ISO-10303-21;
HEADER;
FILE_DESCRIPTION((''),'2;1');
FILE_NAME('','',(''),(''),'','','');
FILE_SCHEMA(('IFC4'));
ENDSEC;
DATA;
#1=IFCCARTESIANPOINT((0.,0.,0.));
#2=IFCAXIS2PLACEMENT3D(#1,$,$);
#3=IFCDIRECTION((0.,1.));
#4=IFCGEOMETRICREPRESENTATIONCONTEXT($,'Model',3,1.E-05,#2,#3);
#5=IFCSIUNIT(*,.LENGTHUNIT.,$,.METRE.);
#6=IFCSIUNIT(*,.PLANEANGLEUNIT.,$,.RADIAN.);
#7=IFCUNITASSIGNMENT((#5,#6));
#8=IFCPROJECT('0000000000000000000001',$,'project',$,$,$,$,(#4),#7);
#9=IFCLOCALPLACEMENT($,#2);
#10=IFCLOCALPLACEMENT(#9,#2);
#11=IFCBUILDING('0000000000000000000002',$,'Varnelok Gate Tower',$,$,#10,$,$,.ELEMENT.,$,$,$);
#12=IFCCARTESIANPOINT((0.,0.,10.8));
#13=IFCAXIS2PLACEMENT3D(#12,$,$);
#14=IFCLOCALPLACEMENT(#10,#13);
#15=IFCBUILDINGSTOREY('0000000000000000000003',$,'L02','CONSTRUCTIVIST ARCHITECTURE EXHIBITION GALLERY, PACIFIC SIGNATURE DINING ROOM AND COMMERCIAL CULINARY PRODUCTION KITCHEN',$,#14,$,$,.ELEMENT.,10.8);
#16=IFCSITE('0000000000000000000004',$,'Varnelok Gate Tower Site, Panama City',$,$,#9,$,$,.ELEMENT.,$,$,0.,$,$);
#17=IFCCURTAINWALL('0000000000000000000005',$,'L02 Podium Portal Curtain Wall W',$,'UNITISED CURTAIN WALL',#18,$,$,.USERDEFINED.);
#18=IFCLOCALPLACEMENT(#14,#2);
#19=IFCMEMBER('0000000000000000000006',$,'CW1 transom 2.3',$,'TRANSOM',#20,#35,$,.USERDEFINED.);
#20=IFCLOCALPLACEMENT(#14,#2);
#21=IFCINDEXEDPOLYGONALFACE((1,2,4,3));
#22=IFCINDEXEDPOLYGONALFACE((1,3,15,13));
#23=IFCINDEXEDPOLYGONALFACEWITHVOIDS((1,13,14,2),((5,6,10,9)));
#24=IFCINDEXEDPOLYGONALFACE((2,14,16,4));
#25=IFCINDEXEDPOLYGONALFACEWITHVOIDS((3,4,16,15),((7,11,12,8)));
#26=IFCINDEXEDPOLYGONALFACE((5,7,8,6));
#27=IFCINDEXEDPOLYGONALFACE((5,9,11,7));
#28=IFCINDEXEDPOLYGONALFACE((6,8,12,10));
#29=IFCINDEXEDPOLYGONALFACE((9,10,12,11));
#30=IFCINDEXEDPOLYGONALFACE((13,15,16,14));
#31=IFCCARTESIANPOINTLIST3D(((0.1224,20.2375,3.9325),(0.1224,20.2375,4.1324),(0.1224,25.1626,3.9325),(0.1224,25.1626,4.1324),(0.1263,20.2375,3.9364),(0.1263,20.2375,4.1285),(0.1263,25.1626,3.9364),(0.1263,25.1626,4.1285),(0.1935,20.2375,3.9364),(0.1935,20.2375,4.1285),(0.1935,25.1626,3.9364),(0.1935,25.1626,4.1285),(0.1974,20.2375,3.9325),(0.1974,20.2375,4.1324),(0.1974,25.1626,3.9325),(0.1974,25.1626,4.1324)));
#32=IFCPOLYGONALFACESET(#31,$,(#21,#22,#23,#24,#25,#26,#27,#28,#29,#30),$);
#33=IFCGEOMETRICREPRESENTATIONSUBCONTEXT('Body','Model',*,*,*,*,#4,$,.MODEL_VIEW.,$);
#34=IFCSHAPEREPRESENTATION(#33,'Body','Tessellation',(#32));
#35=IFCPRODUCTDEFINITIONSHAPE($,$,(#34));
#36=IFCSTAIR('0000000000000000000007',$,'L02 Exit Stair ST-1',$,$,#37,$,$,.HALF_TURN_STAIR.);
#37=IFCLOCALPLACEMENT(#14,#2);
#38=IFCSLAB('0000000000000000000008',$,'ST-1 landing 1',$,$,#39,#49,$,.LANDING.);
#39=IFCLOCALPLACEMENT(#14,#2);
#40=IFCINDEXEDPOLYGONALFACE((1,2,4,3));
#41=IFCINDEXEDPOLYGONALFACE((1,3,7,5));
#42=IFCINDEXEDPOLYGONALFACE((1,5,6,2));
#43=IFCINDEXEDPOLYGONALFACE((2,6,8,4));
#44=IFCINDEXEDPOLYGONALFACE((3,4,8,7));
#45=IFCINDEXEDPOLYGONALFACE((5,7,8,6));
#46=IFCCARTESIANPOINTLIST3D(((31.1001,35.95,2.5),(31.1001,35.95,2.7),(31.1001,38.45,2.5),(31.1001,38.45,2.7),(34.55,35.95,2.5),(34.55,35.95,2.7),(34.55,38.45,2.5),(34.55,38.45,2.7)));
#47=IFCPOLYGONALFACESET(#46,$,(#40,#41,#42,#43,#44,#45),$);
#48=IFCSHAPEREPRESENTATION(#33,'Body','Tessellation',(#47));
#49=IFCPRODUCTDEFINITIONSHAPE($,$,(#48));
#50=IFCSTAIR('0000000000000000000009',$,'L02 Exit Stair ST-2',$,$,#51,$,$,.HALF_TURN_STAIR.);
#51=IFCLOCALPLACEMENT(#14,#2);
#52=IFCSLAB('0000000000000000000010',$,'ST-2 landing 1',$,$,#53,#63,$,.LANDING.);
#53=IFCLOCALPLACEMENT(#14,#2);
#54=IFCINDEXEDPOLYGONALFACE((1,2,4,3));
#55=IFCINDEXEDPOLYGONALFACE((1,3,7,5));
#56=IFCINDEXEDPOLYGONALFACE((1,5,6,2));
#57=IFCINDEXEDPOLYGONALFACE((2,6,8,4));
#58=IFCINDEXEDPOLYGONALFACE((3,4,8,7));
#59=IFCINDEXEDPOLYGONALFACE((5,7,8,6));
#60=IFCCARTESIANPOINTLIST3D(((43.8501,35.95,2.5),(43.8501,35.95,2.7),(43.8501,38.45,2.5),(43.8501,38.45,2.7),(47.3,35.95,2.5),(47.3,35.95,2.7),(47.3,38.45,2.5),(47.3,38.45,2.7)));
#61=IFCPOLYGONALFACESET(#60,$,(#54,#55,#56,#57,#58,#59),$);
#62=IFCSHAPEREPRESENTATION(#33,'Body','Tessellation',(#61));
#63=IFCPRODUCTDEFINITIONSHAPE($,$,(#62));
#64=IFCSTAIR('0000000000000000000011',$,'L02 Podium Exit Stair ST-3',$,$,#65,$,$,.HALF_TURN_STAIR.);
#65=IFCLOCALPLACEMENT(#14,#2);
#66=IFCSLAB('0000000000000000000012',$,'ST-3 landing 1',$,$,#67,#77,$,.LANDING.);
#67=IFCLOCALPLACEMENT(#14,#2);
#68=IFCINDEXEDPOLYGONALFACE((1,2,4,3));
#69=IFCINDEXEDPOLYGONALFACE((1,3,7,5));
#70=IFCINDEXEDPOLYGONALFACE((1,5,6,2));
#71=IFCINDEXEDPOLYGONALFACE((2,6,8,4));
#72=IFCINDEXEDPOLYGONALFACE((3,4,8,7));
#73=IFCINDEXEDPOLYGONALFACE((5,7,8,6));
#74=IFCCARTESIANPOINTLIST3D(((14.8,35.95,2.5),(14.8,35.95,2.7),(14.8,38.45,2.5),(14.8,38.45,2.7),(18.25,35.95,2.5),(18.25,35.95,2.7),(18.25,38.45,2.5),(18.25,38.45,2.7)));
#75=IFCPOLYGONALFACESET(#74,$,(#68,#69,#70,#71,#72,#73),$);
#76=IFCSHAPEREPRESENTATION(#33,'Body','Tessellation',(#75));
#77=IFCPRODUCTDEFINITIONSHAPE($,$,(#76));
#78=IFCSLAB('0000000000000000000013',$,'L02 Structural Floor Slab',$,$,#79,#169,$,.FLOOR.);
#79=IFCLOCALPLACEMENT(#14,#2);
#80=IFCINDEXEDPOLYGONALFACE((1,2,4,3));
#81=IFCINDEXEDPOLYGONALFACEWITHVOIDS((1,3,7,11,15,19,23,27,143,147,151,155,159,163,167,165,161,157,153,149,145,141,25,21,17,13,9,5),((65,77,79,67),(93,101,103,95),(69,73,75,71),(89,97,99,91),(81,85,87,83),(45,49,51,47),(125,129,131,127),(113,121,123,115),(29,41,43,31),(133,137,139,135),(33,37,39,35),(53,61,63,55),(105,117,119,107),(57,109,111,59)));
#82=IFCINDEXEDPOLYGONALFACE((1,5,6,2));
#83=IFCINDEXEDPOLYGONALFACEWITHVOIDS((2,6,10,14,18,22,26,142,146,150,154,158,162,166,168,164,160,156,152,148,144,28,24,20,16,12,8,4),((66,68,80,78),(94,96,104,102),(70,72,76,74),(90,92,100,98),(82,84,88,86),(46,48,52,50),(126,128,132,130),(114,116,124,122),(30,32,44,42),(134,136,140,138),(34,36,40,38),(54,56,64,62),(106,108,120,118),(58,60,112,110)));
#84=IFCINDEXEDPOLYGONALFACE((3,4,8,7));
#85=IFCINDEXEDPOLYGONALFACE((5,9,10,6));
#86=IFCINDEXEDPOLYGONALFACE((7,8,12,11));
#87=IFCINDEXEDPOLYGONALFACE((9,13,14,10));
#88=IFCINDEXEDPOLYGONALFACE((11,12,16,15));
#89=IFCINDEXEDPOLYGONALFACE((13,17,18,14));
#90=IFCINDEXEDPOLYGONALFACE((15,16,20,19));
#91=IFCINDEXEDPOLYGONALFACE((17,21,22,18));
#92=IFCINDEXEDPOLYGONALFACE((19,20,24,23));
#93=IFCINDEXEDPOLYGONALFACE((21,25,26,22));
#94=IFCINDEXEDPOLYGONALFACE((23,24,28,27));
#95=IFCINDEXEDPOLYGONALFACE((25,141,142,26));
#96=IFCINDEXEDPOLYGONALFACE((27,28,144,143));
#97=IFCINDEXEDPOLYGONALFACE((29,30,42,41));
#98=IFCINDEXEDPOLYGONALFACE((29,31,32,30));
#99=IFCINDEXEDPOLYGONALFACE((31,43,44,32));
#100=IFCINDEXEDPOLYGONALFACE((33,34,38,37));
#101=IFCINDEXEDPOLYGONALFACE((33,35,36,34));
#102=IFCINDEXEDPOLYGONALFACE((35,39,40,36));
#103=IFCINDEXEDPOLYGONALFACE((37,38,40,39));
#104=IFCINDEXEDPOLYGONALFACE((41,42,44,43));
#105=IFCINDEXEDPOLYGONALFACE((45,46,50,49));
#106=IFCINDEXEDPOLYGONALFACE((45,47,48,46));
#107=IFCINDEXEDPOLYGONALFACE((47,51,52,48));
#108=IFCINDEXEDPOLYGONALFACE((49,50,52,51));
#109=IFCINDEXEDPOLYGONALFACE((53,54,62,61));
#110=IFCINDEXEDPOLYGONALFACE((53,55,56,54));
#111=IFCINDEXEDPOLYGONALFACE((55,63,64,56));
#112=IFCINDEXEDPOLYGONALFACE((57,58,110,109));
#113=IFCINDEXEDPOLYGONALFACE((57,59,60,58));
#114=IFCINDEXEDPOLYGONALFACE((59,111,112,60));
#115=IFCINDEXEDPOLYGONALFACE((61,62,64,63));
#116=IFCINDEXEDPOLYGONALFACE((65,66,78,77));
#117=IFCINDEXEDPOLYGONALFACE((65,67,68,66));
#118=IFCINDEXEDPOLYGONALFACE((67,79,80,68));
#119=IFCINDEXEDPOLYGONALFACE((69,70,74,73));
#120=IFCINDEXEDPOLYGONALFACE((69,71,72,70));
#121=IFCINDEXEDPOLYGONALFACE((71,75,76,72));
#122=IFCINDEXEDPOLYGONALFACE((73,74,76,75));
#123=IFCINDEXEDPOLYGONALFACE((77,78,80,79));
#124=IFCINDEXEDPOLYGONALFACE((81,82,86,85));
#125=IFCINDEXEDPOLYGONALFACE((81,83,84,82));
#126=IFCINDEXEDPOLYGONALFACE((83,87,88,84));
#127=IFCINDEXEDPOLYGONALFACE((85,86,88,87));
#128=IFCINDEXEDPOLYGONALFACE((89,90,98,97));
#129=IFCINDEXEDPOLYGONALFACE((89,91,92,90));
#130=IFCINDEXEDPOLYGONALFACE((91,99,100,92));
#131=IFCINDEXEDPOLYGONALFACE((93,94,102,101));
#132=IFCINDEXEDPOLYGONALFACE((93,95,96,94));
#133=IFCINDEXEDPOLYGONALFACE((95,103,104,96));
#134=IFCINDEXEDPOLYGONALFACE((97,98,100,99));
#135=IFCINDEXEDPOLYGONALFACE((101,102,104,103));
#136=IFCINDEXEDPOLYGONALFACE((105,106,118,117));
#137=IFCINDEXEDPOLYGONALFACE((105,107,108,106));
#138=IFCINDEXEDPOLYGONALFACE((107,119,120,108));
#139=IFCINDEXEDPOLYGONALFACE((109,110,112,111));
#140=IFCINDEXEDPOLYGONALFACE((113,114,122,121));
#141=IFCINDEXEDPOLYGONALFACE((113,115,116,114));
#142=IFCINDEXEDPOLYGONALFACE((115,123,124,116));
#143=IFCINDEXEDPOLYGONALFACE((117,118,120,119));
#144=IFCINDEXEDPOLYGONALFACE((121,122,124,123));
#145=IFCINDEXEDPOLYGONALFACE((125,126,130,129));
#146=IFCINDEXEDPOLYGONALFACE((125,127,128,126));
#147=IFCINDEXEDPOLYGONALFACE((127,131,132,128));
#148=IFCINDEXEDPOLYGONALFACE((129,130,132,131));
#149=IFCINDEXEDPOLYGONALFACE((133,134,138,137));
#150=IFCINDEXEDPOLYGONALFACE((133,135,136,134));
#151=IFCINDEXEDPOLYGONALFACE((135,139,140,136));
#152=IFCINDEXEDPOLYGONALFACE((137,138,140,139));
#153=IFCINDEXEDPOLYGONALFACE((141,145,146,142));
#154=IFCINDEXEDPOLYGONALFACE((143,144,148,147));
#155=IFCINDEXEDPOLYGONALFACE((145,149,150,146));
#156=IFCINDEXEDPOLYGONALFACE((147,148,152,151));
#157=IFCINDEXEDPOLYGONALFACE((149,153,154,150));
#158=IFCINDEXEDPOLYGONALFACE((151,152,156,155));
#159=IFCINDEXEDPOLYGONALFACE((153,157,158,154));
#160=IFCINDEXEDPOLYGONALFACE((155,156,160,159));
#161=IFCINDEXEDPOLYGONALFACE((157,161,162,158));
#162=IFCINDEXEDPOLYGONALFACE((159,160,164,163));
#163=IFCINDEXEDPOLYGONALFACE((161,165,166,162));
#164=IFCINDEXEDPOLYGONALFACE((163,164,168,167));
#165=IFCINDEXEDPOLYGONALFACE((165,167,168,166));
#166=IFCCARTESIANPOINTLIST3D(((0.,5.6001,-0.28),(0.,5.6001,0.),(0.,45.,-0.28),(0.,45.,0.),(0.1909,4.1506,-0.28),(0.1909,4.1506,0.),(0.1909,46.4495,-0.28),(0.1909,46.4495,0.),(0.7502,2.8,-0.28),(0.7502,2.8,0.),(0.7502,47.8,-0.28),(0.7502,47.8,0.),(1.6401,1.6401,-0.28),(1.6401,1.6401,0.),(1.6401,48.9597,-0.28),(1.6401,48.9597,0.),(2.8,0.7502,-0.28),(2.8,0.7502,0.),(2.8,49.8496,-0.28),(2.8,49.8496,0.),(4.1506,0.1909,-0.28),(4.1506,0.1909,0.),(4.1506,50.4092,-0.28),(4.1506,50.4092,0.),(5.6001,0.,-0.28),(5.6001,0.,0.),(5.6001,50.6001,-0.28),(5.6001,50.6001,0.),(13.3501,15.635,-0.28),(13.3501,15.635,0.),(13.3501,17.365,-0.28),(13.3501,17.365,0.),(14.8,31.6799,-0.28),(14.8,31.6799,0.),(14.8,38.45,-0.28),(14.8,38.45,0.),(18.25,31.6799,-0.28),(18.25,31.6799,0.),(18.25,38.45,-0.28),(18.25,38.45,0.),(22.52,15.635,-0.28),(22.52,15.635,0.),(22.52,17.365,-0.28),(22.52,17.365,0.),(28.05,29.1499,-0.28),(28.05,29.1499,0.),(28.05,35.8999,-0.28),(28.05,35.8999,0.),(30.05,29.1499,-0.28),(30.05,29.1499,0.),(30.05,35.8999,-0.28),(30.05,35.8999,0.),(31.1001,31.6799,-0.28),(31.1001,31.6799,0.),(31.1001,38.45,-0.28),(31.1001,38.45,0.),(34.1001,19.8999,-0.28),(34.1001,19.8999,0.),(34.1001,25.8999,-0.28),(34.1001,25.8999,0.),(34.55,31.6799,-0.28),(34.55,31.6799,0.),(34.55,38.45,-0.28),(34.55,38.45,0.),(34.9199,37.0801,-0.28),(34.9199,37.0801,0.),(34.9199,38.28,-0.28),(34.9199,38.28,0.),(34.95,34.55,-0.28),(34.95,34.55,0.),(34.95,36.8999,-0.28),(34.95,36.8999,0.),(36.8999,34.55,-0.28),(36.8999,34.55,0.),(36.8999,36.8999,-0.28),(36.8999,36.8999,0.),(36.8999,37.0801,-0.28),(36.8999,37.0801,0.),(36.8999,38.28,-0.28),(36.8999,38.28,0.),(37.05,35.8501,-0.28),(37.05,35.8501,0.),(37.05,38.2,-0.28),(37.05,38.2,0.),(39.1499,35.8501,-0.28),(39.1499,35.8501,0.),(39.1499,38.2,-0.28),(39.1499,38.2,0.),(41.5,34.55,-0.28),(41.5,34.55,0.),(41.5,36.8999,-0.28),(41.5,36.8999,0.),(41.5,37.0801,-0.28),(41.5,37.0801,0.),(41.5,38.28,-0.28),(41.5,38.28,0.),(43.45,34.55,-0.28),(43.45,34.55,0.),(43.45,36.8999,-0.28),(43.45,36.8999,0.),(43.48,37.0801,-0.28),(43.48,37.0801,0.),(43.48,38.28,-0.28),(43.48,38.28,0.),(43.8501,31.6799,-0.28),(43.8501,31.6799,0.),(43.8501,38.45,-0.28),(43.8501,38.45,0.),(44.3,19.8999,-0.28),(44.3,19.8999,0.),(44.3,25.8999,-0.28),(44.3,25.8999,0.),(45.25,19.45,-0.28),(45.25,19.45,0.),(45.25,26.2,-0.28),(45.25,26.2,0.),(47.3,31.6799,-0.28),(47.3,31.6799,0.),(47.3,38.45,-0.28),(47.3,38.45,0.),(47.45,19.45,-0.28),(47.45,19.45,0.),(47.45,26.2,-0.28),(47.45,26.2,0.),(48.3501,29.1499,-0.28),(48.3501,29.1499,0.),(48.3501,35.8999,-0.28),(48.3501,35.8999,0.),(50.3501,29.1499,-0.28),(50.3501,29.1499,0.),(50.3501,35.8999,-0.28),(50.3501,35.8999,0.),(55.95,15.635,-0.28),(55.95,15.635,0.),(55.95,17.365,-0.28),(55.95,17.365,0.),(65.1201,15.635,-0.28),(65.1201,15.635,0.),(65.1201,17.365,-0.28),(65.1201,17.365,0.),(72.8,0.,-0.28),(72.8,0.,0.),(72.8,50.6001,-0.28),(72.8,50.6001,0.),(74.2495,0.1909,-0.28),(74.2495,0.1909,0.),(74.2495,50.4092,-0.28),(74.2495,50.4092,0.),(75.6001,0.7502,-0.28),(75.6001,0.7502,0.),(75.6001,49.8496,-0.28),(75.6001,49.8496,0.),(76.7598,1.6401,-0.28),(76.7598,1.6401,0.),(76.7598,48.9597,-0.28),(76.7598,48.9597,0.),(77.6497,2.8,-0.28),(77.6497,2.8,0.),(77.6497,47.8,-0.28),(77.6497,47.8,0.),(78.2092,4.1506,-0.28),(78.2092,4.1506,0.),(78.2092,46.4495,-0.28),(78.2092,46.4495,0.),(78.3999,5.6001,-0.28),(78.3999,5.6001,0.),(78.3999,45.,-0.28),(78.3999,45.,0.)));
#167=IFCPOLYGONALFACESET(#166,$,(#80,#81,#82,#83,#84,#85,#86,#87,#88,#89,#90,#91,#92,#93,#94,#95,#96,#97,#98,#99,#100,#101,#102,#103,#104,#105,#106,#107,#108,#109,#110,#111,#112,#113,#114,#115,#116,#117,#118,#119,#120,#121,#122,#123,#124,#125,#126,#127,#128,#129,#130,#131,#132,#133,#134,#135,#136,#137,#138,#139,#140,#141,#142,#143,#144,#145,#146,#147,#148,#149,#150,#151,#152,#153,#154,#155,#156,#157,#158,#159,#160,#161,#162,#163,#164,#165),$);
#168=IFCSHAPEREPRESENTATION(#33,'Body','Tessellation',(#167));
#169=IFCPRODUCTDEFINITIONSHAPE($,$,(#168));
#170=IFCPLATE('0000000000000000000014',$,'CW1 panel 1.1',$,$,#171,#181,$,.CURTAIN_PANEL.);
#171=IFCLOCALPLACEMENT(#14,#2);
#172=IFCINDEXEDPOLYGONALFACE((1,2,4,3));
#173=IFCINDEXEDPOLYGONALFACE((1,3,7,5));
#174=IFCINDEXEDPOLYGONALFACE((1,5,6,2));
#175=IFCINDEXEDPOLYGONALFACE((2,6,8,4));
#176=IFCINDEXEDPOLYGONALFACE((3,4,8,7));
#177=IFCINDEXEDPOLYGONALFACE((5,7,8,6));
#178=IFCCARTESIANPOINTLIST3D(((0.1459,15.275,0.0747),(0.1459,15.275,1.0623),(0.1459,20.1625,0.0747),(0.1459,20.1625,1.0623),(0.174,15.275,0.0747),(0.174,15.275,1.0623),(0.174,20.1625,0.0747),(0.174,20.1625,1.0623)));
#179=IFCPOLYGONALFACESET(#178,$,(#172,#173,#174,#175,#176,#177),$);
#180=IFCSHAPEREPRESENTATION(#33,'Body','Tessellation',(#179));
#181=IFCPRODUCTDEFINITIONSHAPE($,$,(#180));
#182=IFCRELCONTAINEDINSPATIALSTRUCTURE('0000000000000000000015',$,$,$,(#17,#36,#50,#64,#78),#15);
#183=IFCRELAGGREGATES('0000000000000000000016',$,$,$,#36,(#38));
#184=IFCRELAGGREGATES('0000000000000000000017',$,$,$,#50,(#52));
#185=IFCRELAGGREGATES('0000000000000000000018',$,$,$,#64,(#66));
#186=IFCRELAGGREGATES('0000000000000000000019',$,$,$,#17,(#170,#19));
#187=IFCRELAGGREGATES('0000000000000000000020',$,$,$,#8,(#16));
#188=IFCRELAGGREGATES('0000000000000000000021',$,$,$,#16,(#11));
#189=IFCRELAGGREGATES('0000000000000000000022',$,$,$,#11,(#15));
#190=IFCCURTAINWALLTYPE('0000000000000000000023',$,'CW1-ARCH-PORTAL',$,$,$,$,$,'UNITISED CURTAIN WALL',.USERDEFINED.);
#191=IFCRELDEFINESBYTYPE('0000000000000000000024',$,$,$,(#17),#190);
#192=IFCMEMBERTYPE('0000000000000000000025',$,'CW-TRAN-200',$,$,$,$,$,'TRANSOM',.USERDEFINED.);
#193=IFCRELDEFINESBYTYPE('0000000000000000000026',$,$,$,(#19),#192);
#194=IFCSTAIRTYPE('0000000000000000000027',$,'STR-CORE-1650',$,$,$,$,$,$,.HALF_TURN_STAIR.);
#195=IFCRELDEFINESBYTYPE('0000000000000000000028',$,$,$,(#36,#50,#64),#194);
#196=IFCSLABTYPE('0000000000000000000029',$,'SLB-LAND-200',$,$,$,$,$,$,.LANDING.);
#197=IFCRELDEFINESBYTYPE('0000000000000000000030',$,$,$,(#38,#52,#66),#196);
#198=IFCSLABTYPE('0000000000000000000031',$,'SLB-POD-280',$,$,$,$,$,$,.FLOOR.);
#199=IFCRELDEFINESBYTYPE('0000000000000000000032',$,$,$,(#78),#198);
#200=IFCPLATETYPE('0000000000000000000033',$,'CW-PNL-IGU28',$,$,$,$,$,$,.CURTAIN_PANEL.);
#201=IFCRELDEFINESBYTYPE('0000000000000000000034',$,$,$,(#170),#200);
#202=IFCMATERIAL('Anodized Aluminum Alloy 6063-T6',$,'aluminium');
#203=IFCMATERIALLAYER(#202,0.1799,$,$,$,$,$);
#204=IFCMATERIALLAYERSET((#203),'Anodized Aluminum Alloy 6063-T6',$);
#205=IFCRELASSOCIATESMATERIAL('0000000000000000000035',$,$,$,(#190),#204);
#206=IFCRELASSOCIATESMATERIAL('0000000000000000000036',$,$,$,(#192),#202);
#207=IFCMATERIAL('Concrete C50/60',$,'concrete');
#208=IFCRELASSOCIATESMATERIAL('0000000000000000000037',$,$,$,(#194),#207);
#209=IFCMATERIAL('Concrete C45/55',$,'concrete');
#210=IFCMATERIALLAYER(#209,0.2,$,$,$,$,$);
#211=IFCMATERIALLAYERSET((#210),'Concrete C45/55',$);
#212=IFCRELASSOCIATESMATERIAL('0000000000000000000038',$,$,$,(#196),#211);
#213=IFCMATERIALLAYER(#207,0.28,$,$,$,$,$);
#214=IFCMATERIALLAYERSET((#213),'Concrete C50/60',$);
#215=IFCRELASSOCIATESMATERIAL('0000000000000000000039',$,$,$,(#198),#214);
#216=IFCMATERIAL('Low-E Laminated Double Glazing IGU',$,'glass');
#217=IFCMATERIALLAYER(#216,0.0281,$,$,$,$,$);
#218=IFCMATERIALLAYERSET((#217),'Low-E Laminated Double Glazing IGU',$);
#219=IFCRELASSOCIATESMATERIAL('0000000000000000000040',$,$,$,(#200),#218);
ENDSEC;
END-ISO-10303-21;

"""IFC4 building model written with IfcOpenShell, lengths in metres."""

from ifc_helpers import new_model, si_unit, direction, frame, origin, origin_2d, place, context, subcontext, project, spatial, polyline, rectangle, hollow_rectangle, outline, extrude, source, transform, mapped, material, layer, layer_set, material_profile, profile_set, type_object, element, aggregate, save


model = new_model("IFC4")

# Units and contexts
model_context = context("Model", 3, precision=1e-05, world=origin(), true_north=direction((0.0, 1.0)))
body_context = subcontext(model_context, "Body", "Model", "MODEL_VIEW")
ifc_project = project(units=[si_unit("LENGTHUNIT", "METRE"), si_unit("PLANEANGLEUNIT", "RADIAN")], contexts=[model_context])

# Site, building, storey
site_placement = place(None, origin())
site = spatial("IfcSite", under=ifc_project, at=site_placement, Name="Varnelok Gate Tower Site, Panama City", CompositionType="ELEMENT", RefElevation=0.0)
building_placement = place(site_placement, origin())
building = spatial("IfcBuilding", under=site, at=building_placement, Name="Varnelok Gate Tower", CompositionType="ELEMENT")
storey_placement = place(building_placement, frame((0.0, 0.0, 10.8)))
storey = spatial("IfcBuildingStorey", under=building, at=storey_placement, Name="L02", Description="CONSTRUCTIVIST ARCHITECTURE EXHIBITION GALLERY, PACIFIC SIGNATURE DINING ROOM AND COMMERCIAL CULINARY PRODUCTION KITCHEN", CompositionType="ELEMENT", Elevation=10.8)

# Curtain wall, member
ifc_material_1 = material(Name="Anodized Aluminum Alloy 6063-T6", Category="aluminium")
ifc_layer_1 = layer(ifc_material_1, 0.1799)
ifc_layer_set_1 = layer_set([ifc_layer_1], Name="Anodized Aluminum Alloy 6063-T6")
curtain_wall_type = type_object("IfcCurtainWallType", Name="CW1-ARCH-PORTAL", ElementType="UNITISED CURTAIN WALL", PredefinedType="USERDEFINED", material=ifc_layer_set_1)
curtain_wall_placement = place(storey_placement, origin())
curtain_wall = element("IfcCurtainWall", 1, at=curtain_wall_placement, inside=storey, type_object=curtain_wall_type, Name="L02 Podium Portal Curtain Wall W", ObjectType="UNITISED CURTAIN WALL", PredefinedType="USERDEFINED")
ifc_material_profile_1 = material_profile(ifc_material_1, hollow_rectangle(XDim=0.075, YDim=0.2, WallThickness=0.0039, at=origin_2d()), Name="ALU200X75X4")
ifc_profile_set_1 = profile_set([ifc_material_profile_1], Name="Anodized Aluminum Alloy 6063-T6")
member_type_1 = type_object("IfcMemberType", Name="CW-TRAN-200", ElementType="TRANSOM", PredefinedType="USERDEFINED", material=ifc_profile_set_1)
member_1_placement = place(storey_placement, frame((0.1599, 20.2375, 4.0325), z_axis=(0.0, 1.0, 0.0), x_axis=(-1.0, 0.0, 0.0)))
member_1 = element("IfcMember", 2, at=member_1_placement, type_object=member_type_1, Name="CW1 transom 2.3", ObjectType="TRANSOM", PredefinedType="USERDEFINED", context=body_context, shape_type="SweptSolid", body=[
    extrude(hollow_rectangle(XDim=0.075, YDim=0.2, WallThickness=0.0039, at=origin_2d()), origin(), (0.0, 0.0, 1.0), 4.925),
])

# Stairs, slabs
ifc_material_2 = material(Name="Concrete C50/60", Category="concrete")
stair_type = type_object("IfcStairType", Name="STR-CORE-1650", PredefinedType="HALF_TURN_STAIR", material=ifc_material_2)
stair_1_placement = place(storey_placement, origin())
stair_1 = element("IfcStair", 3, at=stair_1_placement, inside=storey, type_object=stair_type, Name="L02 Exit Stair ST-1", PredefinedType="HALF_TURN_STAIR")
ifc_material_3 = material(Name="Concrete C45/55", Category="concrete")
ifc_layer_2 = layer(ifc_material_3, 0.2)
ifc_layer_set_2 = layer_set([ifc_layer_2], Name="Concrete C45/55")
slab_type_1 = type_object("IfcSlabType", Name="SLB-LAND-200", PredefinedType="LANDING", material=ifc_layer_set_2)
slab_1_placement = place(storey_placement, frame((0.0, 0.0, 2.5)))
slab_1 = element("IfcSlab", 4, at=slab_1_placement, type_object=slab_type_1, Name="ST-1 landing 1", PredefinedType="LANDING", context=body_context, shape_type="SweptSolid", body=[
    extrude(outline(polyline([(34.55, 35.95), (34.55, 38.45), (31.1001, 38.45), (31.1001, 35.95), (34.55, 35.95)])), origin(), (0.0, 0.0, 1.0), 0.2),
])
aggregate(stair_1, [slab_1])
stair_2_placement = place(storey_placement, origin())
stair_2 = element("IfcStair", 5, at=stair_2_placement, inside=storey, type_object=stair_type, Name="L02 Exit Stair ST-2", PredefinedType="HALF_TURN_STAIR")
slab_2_placement = place(storey_placement, frame((0.0, 0.0, 2.5)))
slab_2 = element("IfcSlab", 6, at=slab_2_placement, type_object=slab_type_1, Name="ST-2 landing 1", PredefinedType="LANDING", context=body_context, shape_type="SweptSolid", body=[
    extrude(outline(polyline([(47.3, 35.95), (47.3, 38.45), (43.8501, 38.45), (43.8501, 35.95), (47.3, 35.95)])), origin(), (0.0, 0.0, 1.0), 0.2),
])
aggregate(stair_2, [slab_2])
stair_3_placement = place(storey_placement, origin())
stair_3 = element("IfcStair", 7, at=stair_3_placement, inside=storey, type_object=stair_type, Name="L02 Podium Exit Stair ST-3", PredefinedType="HALF_TURN_STAIR")
slab_3_placement = place(storey_placement, frame((0.0, 0.0, 2.5)))
slab_3 = element("IfcSlab", 8, at=slab_3_placement, type_object=slab_type_1, Name="ST-3 landing 1", PredefinedType="LANDING", context=body_context, shape_type="SweptSolid", body=[
    extrude(outline(polyline([(18.25, 35.95), (18.25, 38.45), (14.8, 38.45), (14.8, 35.95), (18.25, 35.95)])), origin(), (0.0, 0.0, 1.0), 0.2),
])
aggregate(stair_3, [slab_3])

# Slab
ifc_layer_3 = layer(ifc_material_2, 0.28)
ifc_layer_set_3 = layer_set([ifc_layer_3], Name="Concrete C50/60")
slab_type_2 = type_object("IfcSlabType", Name="SLB-POD-280", PredefinedType="FLOOR", material=ifc_layer_set_3)
slab_4_placement = place(storey_placement, frame((0.0, 0.0, -0.28)))
element("IfcSlab", 9, at=slab_4_placement, inside=storey, type_object=slab_type_2, Name="L02 Structural Floor Slab", PredefinedType="FLOOR", context=body_context, shape_type="SweptSolid", body=[
    extrude(outline(polyline([(0.0, 5.6001), (0.1909, 4.1506), (0.7502, 2.8), (1.6401, 1.6401), (2.8, 0.7502), (4.1506, 0.1909), (5.6001, 0.0), (72.8, 0.0), (74.2495, 0.1909), (75.6001, 0.7502), (76.7598, 1.6401), (77.6497, 2.8), (78.2092, 4.1506), (78.3999, 5.6001), (78.3999, 45.0), (78.2092, 46.4495), (77.6497, 47.8), (76.7598, 48.9597), (75.6001, 49.8496), (74.2495, 50.4092), (72.8, 50.6001), (5.6001, 50.6001), (4.1506, 50.4092), (2.8, 49.8496), (1.6401, 48.9597), (0.7502, 47.8), (0.1909, 46.4495), (0.0, 45.0), (0.0, 5.6001)]), holes=[polyline([(34.55, 31.6799), (34.55, 38.45), (31.1001, 38.45), (31.1001, 31.6799), (34.55, 31.6799)]), polyline([(47.3, 31.6799), (47.3, 38.45), (43.8501, 38.45), (43.8501, 31.6799), (47.3, 31.6799)]), polyline([(18.25, 31.6799), (18.25, 38.45), (14.8, 38.45), (14.8, 31.6799), (18.25, 31.6799)]), polyline([(13.3501, 15.635), (22.52, 15.635), (22.52, 17.365), (13.3501, 17.365), (13.3501, 15.635)]), polyline([(55.95, 15.635), (65.1201, 15.635), (65.1201, 17.365), (55.95, 17.365), (55.95, 15.635)]), polyline([(34.95, 34.55), (36.8999, 34.55), (36.8999, 36.8999), (34.95, 36.8999), (34.95, 34.55)]), polyline([(41.5, 34.55), (43.45, 34.55), (43.45, 36.8999), (41.5, 36.8999), (41.5, 34.55)]), polyline([(37.05, 35.8501), (39.1499, 35.8501), (39.1499, 38.2), (37.05, 38.2), (37.05, 35.8501)]), polyline([(28.05, 29.1499), (30.05, 29.1499), (30.05, 35.8999), (28.05, 35.8999), (28.05, 29.1499)]), polyline([(48.3501, 29.1499), (50.3501, 29.1499), (50.3501, 35.8999), (48.3501, 35.8999), (48.3501, 29.1499)]), polyline([(45.25, 19.45), (47.45, 19.45), (47.45, 26.2), (45.25, 26.2), (45.25, 19.45)]), polyline([(34.9199, 37.0801), (36.8999, 37.0801), (36.8999, 38.28), (34.9199, 38.28), (34.9199, 37.0801)]), polyline([(41.5, 37.0801), (43.48, 37.0801), (43.48, 38.28), (41.5, 38.28), (41.5, 37.0801)]), polyline([(34.1001, 19.8999), (44.3, 19.8999), (44.3, 25.8999), (34.1001, 25.8999), (34.1001, 19.8999)])]), origin(), (0.0, 0.0, 1.0), 0.28),
])

# Plate
ifc_material_4 = material(Name="Low-E Laminated Double Glazing IGU", Category="glass")
ifc_layer_4 = layer(ifc_material_4, 0.0281)
ifc_layer_set_4 = layer_set([ifc_layer_4], Name="Low-E Laminated Double Glazing IGU")
plate_type = type_object("IfcPlateType", Name="CW-PNL-IGU28", PredefinedType="CURTAIN_PANEL", material=ifc_layer_set_4)
shared_shape_1 = source(origin(), body_context, "Body", "SweptSolid", [
    extrude(rectangle(XDim=4.8875, YDim=0.0281, at=origin_2d()), origin(), (0.0, 0.0, 1.0), 0.9875),
])
plate_1_placement = place(storey_placement, frame((0.1599, 17.7188, 0.0747), z_axis=(0.0, 0.0, 1.0), x_axis=(0.0, 1.0, 0.0)))
plate_1 = element("IfcPlate", 10, at=plate_1_placement, type_object=plate_type, Name="CW1 panel 1.1", PredefinedType="CURTAIN_PANEL", context=body_context, shape_type="MappedRepresentation", body=[
    mapped(shared_shape_1, transform((0.0, 0.0, 0.0), scale=1.0)),
])
aggregate(curtain_wall, [plate_1, member_1])

save(model, "model.ifc")
